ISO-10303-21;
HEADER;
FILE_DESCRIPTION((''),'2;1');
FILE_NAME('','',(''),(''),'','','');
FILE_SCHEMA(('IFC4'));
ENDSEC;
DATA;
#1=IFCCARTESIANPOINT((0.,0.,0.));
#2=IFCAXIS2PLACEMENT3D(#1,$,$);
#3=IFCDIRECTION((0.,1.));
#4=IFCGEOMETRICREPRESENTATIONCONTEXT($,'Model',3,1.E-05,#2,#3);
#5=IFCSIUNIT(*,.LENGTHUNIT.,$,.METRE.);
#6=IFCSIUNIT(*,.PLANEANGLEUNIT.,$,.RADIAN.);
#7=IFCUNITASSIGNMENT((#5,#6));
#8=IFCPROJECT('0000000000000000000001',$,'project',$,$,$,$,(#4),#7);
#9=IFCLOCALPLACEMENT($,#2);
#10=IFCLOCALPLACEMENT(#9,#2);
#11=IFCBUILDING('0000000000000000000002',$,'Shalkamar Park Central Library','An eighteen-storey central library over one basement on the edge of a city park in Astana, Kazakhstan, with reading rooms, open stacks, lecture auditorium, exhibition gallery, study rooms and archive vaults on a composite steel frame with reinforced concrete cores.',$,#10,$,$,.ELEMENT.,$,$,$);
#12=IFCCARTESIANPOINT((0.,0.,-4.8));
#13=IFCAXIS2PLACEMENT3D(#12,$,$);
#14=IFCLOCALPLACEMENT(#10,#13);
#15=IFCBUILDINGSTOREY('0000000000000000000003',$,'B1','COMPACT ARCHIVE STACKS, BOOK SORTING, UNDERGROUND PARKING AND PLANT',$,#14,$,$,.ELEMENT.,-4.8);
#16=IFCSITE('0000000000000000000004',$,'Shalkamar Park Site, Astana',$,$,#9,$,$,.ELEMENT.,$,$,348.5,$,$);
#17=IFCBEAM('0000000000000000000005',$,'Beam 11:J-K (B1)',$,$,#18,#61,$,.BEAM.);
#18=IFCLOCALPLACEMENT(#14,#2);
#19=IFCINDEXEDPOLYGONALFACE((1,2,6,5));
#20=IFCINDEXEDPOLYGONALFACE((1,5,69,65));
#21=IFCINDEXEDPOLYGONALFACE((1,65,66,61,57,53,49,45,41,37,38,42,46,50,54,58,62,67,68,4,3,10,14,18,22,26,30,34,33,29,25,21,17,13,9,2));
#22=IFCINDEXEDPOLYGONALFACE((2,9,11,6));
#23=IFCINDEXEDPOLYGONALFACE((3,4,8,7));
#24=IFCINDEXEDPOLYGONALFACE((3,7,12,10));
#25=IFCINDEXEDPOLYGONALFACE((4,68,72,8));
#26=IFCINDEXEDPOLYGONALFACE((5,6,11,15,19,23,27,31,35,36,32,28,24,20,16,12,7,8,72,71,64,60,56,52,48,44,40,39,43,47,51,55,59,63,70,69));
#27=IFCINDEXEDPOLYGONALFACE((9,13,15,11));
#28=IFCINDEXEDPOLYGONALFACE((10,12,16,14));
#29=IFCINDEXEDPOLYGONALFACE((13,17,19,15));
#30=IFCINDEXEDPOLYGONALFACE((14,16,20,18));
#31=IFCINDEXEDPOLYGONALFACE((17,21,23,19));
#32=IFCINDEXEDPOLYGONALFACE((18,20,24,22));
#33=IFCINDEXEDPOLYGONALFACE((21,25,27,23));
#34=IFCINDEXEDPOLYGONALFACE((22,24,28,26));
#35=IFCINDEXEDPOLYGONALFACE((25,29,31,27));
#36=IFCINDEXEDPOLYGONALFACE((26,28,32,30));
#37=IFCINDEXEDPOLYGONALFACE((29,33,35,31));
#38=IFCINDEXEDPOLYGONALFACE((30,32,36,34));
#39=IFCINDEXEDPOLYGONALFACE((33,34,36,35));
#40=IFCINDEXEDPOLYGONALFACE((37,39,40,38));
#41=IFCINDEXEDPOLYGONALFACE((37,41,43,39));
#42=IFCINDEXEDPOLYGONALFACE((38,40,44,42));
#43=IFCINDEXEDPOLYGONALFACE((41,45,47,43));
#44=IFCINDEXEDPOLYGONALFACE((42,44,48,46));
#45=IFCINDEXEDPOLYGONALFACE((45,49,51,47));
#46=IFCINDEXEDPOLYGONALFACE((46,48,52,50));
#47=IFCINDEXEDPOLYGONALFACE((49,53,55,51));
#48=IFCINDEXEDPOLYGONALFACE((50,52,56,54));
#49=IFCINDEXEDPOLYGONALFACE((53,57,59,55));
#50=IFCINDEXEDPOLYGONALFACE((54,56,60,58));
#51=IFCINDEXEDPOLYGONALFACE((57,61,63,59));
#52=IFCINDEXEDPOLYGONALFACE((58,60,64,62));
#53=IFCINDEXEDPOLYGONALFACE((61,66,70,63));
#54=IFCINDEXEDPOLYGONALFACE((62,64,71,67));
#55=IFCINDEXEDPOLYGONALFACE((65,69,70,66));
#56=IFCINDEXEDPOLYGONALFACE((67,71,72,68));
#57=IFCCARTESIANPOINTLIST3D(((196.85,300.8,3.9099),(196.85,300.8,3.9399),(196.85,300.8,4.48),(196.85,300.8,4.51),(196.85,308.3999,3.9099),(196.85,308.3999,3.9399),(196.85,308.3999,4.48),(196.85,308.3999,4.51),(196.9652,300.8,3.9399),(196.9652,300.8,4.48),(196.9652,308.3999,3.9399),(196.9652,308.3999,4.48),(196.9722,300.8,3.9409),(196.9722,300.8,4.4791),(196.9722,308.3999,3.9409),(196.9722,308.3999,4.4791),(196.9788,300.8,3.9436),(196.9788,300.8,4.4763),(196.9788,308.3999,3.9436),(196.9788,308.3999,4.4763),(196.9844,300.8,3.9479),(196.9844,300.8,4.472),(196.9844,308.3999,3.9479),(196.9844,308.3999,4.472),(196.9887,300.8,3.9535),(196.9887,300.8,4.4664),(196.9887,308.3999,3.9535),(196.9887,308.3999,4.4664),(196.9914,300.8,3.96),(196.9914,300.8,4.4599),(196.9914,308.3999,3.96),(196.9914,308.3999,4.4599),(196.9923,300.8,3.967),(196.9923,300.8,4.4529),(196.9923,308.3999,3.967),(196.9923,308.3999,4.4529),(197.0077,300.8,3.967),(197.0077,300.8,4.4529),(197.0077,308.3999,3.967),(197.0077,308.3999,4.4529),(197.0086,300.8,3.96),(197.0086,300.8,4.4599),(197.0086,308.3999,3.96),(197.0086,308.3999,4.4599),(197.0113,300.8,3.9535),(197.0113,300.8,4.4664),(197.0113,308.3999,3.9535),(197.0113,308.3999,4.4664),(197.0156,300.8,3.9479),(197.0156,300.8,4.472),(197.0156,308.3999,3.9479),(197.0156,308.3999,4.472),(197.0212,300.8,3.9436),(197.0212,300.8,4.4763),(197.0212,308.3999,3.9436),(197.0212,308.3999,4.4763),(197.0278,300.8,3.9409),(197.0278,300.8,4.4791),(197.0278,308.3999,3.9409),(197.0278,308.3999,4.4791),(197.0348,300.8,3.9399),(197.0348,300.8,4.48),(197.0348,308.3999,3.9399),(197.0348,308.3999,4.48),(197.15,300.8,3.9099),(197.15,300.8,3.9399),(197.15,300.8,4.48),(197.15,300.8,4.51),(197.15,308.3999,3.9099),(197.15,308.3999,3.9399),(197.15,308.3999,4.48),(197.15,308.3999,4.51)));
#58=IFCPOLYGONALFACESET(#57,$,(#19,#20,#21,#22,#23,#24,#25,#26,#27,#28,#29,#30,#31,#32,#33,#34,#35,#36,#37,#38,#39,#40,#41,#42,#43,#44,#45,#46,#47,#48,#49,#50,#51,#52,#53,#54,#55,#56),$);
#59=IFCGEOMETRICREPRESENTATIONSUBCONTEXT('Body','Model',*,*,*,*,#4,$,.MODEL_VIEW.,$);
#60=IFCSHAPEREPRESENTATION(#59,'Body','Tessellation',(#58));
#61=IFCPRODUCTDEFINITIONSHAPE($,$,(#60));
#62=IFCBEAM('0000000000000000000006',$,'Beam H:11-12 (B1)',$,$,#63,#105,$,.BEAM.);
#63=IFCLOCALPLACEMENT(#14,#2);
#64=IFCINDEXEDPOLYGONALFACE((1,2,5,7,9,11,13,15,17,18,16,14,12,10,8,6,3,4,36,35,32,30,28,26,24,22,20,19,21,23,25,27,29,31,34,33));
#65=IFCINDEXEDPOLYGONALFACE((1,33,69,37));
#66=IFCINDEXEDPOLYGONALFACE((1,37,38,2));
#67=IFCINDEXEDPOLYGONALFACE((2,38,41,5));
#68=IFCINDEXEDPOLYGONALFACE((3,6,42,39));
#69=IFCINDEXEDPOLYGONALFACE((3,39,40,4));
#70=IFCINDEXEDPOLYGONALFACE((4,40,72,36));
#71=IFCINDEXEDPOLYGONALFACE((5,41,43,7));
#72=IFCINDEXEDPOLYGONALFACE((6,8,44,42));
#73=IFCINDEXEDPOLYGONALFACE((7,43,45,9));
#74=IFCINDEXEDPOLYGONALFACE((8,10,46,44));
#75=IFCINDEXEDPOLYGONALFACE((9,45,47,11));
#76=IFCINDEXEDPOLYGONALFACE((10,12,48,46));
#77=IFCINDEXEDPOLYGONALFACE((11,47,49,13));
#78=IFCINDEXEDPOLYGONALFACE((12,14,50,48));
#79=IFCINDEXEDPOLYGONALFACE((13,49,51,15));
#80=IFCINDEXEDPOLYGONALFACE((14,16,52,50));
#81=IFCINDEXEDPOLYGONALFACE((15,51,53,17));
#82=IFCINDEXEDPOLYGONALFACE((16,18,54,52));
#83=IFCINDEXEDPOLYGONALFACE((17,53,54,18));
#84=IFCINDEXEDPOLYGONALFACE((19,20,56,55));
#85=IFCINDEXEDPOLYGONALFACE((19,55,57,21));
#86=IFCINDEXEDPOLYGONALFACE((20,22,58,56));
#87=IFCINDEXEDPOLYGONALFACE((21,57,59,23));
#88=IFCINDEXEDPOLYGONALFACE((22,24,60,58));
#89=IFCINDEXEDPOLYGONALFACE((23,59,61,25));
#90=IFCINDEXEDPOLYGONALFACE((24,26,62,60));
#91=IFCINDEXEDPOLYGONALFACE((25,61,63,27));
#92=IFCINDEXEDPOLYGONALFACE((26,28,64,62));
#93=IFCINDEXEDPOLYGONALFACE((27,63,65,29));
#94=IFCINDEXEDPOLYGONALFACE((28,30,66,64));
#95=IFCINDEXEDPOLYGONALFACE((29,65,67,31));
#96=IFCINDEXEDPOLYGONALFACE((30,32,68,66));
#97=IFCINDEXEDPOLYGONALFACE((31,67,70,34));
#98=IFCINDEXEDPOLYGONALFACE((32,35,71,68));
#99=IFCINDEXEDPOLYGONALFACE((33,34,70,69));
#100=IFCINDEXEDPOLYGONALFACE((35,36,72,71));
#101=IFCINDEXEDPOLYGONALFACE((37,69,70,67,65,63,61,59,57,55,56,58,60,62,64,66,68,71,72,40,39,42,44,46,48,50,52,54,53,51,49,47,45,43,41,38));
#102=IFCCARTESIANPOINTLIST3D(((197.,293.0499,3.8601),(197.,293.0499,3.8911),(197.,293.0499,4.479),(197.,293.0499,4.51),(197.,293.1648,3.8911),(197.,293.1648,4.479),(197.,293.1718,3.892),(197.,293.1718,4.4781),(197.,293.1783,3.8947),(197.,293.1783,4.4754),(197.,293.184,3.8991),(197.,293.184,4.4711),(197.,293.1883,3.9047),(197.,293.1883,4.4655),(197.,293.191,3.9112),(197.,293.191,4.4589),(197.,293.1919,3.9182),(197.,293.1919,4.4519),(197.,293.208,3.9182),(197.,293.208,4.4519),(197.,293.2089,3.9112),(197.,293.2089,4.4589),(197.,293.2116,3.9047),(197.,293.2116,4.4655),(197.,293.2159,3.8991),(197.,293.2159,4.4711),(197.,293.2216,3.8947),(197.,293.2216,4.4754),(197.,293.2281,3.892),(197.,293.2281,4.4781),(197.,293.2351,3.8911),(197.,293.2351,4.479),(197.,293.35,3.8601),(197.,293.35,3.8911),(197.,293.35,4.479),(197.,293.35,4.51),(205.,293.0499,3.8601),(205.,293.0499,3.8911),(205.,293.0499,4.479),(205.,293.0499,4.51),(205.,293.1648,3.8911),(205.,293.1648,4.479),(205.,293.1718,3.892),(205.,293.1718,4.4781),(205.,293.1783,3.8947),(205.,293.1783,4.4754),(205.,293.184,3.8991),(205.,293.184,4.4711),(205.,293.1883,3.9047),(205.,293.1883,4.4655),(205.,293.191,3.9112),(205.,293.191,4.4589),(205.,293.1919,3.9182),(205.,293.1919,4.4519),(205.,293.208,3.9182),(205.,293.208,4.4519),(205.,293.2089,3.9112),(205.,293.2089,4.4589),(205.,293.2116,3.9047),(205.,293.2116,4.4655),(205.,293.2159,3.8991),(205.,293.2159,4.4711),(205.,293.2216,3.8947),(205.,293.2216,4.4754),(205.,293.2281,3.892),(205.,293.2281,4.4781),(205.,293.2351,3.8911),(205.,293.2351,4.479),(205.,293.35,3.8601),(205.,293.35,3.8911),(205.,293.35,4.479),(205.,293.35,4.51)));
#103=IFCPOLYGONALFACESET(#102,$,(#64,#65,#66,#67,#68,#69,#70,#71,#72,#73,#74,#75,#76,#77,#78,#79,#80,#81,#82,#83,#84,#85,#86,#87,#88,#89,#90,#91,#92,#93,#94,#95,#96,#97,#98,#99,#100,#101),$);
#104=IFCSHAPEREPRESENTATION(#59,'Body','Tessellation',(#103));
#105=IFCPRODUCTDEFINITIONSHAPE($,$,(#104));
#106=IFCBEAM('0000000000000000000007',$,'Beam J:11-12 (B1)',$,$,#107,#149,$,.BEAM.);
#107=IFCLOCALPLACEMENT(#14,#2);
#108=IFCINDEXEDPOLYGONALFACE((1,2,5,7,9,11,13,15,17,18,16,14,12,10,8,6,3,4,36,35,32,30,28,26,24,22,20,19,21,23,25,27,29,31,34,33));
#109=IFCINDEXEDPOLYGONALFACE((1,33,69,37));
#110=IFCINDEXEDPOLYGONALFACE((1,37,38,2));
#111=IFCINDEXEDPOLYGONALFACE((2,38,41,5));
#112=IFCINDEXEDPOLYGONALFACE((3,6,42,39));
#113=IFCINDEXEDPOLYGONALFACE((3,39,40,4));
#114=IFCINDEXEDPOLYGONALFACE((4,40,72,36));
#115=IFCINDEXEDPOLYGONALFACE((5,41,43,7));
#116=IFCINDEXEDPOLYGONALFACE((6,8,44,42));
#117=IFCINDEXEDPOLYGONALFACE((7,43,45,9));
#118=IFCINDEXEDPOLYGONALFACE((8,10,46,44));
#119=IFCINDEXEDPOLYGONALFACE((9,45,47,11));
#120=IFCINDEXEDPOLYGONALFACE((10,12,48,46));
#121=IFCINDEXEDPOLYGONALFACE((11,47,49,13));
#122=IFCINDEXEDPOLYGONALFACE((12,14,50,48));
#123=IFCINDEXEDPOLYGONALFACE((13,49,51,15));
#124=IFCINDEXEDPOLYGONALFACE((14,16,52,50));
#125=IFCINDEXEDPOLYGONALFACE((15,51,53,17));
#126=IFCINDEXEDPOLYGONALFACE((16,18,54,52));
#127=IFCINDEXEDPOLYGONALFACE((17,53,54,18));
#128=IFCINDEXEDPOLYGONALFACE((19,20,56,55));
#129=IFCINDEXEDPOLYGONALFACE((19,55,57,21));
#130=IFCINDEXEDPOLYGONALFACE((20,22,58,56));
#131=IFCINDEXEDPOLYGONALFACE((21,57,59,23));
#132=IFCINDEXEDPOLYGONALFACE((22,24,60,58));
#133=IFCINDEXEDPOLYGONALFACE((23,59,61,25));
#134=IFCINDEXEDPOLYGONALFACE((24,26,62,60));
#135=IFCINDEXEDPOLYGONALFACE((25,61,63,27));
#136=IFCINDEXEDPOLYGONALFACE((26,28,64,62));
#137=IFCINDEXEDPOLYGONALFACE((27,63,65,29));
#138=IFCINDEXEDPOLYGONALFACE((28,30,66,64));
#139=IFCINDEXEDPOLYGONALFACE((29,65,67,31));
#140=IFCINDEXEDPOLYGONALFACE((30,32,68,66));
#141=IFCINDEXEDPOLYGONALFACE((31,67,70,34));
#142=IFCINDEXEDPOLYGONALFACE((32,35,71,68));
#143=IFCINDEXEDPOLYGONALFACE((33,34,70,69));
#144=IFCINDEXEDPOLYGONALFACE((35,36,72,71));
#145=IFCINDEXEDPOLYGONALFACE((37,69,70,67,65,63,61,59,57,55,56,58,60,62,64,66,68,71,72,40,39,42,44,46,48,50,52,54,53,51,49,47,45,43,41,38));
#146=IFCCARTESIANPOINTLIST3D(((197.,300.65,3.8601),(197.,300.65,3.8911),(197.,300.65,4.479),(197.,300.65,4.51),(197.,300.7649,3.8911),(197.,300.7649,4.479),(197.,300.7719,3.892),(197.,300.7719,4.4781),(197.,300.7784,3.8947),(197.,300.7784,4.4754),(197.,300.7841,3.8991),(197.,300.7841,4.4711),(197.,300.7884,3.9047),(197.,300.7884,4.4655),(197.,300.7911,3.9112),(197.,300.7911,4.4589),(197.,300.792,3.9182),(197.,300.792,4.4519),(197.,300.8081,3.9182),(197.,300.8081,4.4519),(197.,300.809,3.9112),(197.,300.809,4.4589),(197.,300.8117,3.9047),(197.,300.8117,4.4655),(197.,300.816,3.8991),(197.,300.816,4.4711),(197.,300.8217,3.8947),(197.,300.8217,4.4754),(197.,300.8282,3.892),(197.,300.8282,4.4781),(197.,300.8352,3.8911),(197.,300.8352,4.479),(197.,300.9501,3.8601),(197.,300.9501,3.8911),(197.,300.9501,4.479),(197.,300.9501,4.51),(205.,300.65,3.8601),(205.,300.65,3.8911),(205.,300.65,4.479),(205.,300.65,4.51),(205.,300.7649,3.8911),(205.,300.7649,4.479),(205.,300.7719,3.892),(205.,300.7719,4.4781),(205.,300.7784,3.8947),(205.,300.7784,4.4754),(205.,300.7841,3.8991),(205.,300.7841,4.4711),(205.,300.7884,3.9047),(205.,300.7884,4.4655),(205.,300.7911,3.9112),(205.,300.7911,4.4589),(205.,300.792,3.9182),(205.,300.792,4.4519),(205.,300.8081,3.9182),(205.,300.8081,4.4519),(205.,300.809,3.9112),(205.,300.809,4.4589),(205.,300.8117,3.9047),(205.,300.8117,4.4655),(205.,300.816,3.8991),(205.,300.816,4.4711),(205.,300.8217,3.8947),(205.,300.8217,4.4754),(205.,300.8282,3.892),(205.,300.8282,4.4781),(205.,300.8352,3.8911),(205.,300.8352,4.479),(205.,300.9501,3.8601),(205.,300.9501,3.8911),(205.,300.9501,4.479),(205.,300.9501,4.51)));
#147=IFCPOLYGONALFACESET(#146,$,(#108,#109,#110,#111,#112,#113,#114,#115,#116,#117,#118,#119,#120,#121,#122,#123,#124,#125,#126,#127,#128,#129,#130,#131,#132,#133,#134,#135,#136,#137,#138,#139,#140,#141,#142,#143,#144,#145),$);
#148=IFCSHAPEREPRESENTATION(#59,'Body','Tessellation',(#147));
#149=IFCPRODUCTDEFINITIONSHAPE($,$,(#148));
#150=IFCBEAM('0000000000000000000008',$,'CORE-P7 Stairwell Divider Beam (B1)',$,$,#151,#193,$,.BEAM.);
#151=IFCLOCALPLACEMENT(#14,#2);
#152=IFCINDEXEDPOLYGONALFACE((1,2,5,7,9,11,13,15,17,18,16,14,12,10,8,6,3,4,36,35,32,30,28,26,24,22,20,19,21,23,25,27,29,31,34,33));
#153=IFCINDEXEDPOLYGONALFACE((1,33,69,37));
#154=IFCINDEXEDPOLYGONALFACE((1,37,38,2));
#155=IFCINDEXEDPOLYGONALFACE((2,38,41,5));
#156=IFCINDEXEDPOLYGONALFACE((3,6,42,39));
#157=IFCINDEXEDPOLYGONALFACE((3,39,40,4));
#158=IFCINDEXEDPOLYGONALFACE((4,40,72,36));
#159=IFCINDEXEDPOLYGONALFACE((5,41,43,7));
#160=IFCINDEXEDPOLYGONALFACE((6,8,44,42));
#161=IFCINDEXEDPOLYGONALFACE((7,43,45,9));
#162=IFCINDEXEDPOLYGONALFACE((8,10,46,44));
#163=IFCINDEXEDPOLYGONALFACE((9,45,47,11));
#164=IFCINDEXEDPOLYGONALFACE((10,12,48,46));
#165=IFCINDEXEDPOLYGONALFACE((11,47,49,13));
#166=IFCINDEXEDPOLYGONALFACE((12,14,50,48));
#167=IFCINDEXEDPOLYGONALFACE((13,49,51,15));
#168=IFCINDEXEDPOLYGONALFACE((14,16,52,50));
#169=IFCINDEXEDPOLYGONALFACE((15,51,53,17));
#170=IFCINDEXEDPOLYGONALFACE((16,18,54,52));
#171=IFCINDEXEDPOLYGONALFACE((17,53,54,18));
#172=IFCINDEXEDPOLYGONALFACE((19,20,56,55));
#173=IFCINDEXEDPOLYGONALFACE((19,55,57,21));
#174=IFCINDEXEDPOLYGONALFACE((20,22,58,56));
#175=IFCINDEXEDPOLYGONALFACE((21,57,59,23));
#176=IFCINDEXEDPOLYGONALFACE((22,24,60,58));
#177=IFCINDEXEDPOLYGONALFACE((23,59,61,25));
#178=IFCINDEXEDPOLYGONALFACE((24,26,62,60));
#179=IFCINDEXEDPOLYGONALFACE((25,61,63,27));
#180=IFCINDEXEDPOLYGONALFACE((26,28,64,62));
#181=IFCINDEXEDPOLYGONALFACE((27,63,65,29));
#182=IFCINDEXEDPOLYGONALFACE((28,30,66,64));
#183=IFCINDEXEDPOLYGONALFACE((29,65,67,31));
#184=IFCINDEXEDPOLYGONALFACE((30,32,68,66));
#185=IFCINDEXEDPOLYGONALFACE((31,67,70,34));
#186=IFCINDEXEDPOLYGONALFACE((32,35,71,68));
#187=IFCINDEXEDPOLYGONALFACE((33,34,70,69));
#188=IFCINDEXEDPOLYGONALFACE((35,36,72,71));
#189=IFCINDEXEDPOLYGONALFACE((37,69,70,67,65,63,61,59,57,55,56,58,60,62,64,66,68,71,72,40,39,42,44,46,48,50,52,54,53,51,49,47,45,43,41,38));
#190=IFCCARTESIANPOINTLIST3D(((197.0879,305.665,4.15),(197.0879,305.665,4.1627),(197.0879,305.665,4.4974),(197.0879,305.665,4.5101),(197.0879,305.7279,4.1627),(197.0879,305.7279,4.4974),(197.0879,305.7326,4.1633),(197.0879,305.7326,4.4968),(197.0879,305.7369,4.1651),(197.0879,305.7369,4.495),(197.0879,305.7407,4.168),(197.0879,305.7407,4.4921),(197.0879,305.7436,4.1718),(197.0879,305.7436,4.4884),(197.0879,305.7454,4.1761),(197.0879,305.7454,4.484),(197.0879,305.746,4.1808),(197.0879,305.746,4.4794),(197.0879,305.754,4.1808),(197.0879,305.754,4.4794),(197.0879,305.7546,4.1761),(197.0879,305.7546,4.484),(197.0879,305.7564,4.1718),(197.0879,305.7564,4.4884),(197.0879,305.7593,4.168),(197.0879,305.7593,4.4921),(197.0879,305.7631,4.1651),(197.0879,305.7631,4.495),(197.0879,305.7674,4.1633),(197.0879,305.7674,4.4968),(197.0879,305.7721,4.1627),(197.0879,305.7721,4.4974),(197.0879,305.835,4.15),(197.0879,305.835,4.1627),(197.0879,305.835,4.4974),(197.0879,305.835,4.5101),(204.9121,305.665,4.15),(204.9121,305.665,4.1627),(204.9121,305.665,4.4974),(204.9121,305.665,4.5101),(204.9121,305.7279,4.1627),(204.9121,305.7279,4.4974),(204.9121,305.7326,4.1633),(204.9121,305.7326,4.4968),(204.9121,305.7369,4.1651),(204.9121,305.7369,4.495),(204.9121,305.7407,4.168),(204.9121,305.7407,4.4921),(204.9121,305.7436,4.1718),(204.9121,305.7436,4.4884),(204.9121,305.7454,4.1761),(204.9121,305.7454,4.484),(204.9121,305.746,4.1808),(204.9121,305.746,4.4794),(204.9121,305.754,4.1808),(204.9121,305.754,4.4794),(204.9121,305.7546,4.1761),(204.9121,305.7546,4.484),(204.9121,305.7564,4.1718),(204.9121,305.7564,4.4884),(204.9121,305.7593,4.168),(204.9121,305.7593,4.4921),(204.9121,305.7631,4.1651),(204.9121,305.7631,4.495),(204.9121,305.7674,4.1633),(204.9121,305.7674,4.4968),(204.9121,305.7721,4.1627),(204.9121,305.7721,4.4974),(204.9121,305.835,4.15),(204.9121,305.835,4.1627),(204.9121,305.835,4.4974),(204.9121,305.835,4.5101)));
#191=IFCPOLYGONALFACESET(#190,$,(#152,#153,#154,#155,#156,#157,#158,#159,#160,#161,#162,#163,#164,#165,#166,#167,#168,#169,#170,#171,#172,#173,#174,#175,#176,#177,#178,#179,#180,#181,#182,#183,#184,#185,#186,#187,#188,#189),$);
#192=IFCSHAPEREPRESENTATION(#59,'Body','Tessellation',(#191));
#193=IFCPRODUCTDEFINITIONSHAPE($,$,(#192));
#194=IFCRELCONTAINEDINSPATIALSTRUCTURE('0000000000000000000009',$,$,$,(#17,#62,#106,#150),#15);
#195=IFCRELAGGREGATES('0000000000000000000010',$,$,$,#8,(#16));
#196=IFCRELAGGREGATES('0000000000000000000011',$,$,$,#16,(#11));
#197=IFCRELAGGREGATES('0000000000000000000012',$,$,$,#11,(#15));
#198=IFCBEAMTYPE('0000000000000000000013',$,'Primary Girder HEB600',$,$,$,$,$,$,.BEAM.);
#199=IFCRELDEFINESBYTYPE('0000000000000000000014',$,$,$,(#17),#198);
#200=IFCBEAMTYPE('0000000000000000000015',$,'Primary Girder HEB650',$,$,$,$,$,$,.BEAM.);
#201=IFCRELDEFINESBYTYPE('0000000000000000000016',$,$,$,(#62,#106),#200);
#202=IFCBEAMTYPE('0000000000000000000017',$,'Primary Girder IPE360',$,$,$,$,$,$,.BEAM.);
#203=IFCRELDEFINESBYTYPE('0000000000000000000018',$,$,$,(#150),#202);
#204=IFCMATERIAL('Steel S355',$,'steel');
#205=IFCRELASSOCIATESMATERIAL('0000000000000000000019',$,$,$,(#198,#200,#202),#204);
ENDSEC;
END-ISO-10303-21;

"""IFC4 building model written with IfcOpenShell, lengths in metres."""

from ifc_helpers import new_model, si_unit, direction, frame, origin, origin_2d, place, context, subcontext, project, spatial, i_section, extrude, material, material_profile, profile_set, type_object, element, save


model = new_model("IFC4")

# Units and contexts
model_context = context("Model", 3, precision=1e-05, world=origin(), true_north=direction((0.0, 1.0)))
body_context = subcontext(model_context, "Body", "Model", "MODEL_VIEW")
ifc_project = project(units=[si_unit("LENGTHUNIT", "METRE"), si_unit("PLANEANGLEUNIT", "RADIAN")], contexts=[model_context])

# Site, building, storey
site_placement = place(None, origin())
site = spatial("IfcSite", under=ifc_project, at=site_placement, Name="Shalkamar Park Site, Astana", CompositionType="ELEMENT", RefElevation=348.5)
building_placement = place(site_placement, origin())
building = spatial("IfcBuilding", under=site, at=building_placement, Name="Shalkamar Park Central Library", Description="An eighteen-storey central library over one basement on the edge of a city park in Astana, Kazakhstan, with reading rooms, open stacks, lecture auditorium, exhibition gallery, study rooms and archive vaults on a composite steel frame with reinforced concrete cores.", CompositionType="ELEMENT")
storey_placement = place(building_placement, frame((0.0, 0.0, -4.8)))
storey = spatial("IfcBuildingStorey", under=building, at=storey_placement, Name="B1", Description="COMPACT ARCHIVE STACKS, BOOK SORTING, UNDERGROUND PARKING AND PLANT", CompositionType="ELEMENT", Elevation=-4.8)

# Beams
ifc_material_1 = material(Name="Steel S355", Category="steel")
ifc_material_profile_1 = material_profile(ifc_material_1, i_section(OverallWidth=0.3, OverallDepth=0.6001, WebThickness=0.0154, FlangeThickness=0.03, FilletRadius=0.0271, at=origin_2d()), Name="HEB 600")
ifc_profile_set_1 = profile_set([ifc_material_profile_1], Name="Steel S355")
beam_type_1 = type_object("IfcBeamType", Name="Primary Girder HEB600", PredefinedType="BEAM", material=ifc_profile_set_1)
beam_1_placement = place(storey_placement, frame((197.0, 300.8, 4.21), z_axis=(0.0, 1.0, 0.0), x_axis=(-1.0, 0.0, 0.0)))
element("IfcBeam", 1, at=beam_1_placement, inside=storey, type_object=beam_type_1, Name="Beam 11:J-K (B1)", PredefinedType="BEAM", context=body_context, shape_type="SweptSolid", body=[
    extrude(i_section(OverallWidth=0.3, OverallDepth=0.6001, WebThickness=0.0154, FlangeThickness=0.03, FilletRadius=0.0271, at=origin_2d()), origin(), (0.0, 0.0, 1.0), 7.5999),
])
ifc_material_profile_2 = material_profile(ifc_material_1, i_section(OverallWidth=0.3, OverallDepth=0.6499, WebThickness=0.0161, FlangeThickness=0.031, FilletRadius=0.0271, at=origin_2d()), Name="HEB 650")
ifc_profile_set_2 = profile_set([ifc_material_profile_2], Name="Steel S355")
beam_type_2 = type_object("IfcBeamType", Name="Primary Girder HEB650", PredefinedType="BEAM", material=ifc_profile_set_2)
for number, where, z_axis, x_axis, name in (
    (2, (197.0, 293.2, 4.1851), (1.0, 0.0, 0.0), (0.0, 1.0, 0.0), "Beam H:11-12 (B1)"),
    (3, (197.0, 300.8, 4.1851), (1.0, 0.0, 0.0), (0.0, 1.0, 0.0), "Beam J:11-12 (B1)"),
):
    element("IfcBeam", number, at=place(storey_placement, frame(where, z_axis=z_axis, x_axis=x_axis)), inside=storey, type_object=beam_type_2, Name=name, PredefinedType="BEAM", context=body_context, shape_type="SweptSolid", body=[
        extrude(i_section(OverallWidth=0.3, OverallDepth=0.6499, WebThickness=0.0161, FlangeThickness=0.031, FilletRadius=0.0271, at=origin_2d()), origin(), (0.0, 0.0, 1.0), 8.0),
    ])
ifc_material_profile_3 = material_profile(ifc_material_1, i_section(OverallWidth=0.1699, OverallDepth=0.3601, WebThickness=0.0081, FlangeThickness=0.0127, FilletRadius=0.0181, at=origin_2d()), Name="IPE 360")
ifc_profile_set_3 = profile_set([ifc_material_profile_3], Name="Steel S355")
beam_type_3 = type_object("IfcBeamType", Name="Primary Girder IPE360", PredefinedType="BEAM", material=ifc_profile_set_3)
beam_2_placement = place(storey_placement, frame((197.0879, 305.75, 4.3301), z_axis=(1.0, 0.0, 0.0), x_axis=(0.0, 1.0, 0.0)))
element("IfcBeam", 4, at=beam_2_placement, inside=storey, type_object=beam_type_3, Name="CORE-P7 Stairwell Divider Beam (B1)", PredefinedType="BEAM", context=body_context, shape_type="SweptSolid", body=[
    extrude(i_section(OverallWidth=0.1699, OverallDepth=0.3601, WebThickness=0.0081, FlangeThickness=0.0127, FilletRadius=0.0181, at=origin_2d()), origin(), (0.0, 0.0, 1.0), 7.8242),
])

save(model, "model.ifc")
